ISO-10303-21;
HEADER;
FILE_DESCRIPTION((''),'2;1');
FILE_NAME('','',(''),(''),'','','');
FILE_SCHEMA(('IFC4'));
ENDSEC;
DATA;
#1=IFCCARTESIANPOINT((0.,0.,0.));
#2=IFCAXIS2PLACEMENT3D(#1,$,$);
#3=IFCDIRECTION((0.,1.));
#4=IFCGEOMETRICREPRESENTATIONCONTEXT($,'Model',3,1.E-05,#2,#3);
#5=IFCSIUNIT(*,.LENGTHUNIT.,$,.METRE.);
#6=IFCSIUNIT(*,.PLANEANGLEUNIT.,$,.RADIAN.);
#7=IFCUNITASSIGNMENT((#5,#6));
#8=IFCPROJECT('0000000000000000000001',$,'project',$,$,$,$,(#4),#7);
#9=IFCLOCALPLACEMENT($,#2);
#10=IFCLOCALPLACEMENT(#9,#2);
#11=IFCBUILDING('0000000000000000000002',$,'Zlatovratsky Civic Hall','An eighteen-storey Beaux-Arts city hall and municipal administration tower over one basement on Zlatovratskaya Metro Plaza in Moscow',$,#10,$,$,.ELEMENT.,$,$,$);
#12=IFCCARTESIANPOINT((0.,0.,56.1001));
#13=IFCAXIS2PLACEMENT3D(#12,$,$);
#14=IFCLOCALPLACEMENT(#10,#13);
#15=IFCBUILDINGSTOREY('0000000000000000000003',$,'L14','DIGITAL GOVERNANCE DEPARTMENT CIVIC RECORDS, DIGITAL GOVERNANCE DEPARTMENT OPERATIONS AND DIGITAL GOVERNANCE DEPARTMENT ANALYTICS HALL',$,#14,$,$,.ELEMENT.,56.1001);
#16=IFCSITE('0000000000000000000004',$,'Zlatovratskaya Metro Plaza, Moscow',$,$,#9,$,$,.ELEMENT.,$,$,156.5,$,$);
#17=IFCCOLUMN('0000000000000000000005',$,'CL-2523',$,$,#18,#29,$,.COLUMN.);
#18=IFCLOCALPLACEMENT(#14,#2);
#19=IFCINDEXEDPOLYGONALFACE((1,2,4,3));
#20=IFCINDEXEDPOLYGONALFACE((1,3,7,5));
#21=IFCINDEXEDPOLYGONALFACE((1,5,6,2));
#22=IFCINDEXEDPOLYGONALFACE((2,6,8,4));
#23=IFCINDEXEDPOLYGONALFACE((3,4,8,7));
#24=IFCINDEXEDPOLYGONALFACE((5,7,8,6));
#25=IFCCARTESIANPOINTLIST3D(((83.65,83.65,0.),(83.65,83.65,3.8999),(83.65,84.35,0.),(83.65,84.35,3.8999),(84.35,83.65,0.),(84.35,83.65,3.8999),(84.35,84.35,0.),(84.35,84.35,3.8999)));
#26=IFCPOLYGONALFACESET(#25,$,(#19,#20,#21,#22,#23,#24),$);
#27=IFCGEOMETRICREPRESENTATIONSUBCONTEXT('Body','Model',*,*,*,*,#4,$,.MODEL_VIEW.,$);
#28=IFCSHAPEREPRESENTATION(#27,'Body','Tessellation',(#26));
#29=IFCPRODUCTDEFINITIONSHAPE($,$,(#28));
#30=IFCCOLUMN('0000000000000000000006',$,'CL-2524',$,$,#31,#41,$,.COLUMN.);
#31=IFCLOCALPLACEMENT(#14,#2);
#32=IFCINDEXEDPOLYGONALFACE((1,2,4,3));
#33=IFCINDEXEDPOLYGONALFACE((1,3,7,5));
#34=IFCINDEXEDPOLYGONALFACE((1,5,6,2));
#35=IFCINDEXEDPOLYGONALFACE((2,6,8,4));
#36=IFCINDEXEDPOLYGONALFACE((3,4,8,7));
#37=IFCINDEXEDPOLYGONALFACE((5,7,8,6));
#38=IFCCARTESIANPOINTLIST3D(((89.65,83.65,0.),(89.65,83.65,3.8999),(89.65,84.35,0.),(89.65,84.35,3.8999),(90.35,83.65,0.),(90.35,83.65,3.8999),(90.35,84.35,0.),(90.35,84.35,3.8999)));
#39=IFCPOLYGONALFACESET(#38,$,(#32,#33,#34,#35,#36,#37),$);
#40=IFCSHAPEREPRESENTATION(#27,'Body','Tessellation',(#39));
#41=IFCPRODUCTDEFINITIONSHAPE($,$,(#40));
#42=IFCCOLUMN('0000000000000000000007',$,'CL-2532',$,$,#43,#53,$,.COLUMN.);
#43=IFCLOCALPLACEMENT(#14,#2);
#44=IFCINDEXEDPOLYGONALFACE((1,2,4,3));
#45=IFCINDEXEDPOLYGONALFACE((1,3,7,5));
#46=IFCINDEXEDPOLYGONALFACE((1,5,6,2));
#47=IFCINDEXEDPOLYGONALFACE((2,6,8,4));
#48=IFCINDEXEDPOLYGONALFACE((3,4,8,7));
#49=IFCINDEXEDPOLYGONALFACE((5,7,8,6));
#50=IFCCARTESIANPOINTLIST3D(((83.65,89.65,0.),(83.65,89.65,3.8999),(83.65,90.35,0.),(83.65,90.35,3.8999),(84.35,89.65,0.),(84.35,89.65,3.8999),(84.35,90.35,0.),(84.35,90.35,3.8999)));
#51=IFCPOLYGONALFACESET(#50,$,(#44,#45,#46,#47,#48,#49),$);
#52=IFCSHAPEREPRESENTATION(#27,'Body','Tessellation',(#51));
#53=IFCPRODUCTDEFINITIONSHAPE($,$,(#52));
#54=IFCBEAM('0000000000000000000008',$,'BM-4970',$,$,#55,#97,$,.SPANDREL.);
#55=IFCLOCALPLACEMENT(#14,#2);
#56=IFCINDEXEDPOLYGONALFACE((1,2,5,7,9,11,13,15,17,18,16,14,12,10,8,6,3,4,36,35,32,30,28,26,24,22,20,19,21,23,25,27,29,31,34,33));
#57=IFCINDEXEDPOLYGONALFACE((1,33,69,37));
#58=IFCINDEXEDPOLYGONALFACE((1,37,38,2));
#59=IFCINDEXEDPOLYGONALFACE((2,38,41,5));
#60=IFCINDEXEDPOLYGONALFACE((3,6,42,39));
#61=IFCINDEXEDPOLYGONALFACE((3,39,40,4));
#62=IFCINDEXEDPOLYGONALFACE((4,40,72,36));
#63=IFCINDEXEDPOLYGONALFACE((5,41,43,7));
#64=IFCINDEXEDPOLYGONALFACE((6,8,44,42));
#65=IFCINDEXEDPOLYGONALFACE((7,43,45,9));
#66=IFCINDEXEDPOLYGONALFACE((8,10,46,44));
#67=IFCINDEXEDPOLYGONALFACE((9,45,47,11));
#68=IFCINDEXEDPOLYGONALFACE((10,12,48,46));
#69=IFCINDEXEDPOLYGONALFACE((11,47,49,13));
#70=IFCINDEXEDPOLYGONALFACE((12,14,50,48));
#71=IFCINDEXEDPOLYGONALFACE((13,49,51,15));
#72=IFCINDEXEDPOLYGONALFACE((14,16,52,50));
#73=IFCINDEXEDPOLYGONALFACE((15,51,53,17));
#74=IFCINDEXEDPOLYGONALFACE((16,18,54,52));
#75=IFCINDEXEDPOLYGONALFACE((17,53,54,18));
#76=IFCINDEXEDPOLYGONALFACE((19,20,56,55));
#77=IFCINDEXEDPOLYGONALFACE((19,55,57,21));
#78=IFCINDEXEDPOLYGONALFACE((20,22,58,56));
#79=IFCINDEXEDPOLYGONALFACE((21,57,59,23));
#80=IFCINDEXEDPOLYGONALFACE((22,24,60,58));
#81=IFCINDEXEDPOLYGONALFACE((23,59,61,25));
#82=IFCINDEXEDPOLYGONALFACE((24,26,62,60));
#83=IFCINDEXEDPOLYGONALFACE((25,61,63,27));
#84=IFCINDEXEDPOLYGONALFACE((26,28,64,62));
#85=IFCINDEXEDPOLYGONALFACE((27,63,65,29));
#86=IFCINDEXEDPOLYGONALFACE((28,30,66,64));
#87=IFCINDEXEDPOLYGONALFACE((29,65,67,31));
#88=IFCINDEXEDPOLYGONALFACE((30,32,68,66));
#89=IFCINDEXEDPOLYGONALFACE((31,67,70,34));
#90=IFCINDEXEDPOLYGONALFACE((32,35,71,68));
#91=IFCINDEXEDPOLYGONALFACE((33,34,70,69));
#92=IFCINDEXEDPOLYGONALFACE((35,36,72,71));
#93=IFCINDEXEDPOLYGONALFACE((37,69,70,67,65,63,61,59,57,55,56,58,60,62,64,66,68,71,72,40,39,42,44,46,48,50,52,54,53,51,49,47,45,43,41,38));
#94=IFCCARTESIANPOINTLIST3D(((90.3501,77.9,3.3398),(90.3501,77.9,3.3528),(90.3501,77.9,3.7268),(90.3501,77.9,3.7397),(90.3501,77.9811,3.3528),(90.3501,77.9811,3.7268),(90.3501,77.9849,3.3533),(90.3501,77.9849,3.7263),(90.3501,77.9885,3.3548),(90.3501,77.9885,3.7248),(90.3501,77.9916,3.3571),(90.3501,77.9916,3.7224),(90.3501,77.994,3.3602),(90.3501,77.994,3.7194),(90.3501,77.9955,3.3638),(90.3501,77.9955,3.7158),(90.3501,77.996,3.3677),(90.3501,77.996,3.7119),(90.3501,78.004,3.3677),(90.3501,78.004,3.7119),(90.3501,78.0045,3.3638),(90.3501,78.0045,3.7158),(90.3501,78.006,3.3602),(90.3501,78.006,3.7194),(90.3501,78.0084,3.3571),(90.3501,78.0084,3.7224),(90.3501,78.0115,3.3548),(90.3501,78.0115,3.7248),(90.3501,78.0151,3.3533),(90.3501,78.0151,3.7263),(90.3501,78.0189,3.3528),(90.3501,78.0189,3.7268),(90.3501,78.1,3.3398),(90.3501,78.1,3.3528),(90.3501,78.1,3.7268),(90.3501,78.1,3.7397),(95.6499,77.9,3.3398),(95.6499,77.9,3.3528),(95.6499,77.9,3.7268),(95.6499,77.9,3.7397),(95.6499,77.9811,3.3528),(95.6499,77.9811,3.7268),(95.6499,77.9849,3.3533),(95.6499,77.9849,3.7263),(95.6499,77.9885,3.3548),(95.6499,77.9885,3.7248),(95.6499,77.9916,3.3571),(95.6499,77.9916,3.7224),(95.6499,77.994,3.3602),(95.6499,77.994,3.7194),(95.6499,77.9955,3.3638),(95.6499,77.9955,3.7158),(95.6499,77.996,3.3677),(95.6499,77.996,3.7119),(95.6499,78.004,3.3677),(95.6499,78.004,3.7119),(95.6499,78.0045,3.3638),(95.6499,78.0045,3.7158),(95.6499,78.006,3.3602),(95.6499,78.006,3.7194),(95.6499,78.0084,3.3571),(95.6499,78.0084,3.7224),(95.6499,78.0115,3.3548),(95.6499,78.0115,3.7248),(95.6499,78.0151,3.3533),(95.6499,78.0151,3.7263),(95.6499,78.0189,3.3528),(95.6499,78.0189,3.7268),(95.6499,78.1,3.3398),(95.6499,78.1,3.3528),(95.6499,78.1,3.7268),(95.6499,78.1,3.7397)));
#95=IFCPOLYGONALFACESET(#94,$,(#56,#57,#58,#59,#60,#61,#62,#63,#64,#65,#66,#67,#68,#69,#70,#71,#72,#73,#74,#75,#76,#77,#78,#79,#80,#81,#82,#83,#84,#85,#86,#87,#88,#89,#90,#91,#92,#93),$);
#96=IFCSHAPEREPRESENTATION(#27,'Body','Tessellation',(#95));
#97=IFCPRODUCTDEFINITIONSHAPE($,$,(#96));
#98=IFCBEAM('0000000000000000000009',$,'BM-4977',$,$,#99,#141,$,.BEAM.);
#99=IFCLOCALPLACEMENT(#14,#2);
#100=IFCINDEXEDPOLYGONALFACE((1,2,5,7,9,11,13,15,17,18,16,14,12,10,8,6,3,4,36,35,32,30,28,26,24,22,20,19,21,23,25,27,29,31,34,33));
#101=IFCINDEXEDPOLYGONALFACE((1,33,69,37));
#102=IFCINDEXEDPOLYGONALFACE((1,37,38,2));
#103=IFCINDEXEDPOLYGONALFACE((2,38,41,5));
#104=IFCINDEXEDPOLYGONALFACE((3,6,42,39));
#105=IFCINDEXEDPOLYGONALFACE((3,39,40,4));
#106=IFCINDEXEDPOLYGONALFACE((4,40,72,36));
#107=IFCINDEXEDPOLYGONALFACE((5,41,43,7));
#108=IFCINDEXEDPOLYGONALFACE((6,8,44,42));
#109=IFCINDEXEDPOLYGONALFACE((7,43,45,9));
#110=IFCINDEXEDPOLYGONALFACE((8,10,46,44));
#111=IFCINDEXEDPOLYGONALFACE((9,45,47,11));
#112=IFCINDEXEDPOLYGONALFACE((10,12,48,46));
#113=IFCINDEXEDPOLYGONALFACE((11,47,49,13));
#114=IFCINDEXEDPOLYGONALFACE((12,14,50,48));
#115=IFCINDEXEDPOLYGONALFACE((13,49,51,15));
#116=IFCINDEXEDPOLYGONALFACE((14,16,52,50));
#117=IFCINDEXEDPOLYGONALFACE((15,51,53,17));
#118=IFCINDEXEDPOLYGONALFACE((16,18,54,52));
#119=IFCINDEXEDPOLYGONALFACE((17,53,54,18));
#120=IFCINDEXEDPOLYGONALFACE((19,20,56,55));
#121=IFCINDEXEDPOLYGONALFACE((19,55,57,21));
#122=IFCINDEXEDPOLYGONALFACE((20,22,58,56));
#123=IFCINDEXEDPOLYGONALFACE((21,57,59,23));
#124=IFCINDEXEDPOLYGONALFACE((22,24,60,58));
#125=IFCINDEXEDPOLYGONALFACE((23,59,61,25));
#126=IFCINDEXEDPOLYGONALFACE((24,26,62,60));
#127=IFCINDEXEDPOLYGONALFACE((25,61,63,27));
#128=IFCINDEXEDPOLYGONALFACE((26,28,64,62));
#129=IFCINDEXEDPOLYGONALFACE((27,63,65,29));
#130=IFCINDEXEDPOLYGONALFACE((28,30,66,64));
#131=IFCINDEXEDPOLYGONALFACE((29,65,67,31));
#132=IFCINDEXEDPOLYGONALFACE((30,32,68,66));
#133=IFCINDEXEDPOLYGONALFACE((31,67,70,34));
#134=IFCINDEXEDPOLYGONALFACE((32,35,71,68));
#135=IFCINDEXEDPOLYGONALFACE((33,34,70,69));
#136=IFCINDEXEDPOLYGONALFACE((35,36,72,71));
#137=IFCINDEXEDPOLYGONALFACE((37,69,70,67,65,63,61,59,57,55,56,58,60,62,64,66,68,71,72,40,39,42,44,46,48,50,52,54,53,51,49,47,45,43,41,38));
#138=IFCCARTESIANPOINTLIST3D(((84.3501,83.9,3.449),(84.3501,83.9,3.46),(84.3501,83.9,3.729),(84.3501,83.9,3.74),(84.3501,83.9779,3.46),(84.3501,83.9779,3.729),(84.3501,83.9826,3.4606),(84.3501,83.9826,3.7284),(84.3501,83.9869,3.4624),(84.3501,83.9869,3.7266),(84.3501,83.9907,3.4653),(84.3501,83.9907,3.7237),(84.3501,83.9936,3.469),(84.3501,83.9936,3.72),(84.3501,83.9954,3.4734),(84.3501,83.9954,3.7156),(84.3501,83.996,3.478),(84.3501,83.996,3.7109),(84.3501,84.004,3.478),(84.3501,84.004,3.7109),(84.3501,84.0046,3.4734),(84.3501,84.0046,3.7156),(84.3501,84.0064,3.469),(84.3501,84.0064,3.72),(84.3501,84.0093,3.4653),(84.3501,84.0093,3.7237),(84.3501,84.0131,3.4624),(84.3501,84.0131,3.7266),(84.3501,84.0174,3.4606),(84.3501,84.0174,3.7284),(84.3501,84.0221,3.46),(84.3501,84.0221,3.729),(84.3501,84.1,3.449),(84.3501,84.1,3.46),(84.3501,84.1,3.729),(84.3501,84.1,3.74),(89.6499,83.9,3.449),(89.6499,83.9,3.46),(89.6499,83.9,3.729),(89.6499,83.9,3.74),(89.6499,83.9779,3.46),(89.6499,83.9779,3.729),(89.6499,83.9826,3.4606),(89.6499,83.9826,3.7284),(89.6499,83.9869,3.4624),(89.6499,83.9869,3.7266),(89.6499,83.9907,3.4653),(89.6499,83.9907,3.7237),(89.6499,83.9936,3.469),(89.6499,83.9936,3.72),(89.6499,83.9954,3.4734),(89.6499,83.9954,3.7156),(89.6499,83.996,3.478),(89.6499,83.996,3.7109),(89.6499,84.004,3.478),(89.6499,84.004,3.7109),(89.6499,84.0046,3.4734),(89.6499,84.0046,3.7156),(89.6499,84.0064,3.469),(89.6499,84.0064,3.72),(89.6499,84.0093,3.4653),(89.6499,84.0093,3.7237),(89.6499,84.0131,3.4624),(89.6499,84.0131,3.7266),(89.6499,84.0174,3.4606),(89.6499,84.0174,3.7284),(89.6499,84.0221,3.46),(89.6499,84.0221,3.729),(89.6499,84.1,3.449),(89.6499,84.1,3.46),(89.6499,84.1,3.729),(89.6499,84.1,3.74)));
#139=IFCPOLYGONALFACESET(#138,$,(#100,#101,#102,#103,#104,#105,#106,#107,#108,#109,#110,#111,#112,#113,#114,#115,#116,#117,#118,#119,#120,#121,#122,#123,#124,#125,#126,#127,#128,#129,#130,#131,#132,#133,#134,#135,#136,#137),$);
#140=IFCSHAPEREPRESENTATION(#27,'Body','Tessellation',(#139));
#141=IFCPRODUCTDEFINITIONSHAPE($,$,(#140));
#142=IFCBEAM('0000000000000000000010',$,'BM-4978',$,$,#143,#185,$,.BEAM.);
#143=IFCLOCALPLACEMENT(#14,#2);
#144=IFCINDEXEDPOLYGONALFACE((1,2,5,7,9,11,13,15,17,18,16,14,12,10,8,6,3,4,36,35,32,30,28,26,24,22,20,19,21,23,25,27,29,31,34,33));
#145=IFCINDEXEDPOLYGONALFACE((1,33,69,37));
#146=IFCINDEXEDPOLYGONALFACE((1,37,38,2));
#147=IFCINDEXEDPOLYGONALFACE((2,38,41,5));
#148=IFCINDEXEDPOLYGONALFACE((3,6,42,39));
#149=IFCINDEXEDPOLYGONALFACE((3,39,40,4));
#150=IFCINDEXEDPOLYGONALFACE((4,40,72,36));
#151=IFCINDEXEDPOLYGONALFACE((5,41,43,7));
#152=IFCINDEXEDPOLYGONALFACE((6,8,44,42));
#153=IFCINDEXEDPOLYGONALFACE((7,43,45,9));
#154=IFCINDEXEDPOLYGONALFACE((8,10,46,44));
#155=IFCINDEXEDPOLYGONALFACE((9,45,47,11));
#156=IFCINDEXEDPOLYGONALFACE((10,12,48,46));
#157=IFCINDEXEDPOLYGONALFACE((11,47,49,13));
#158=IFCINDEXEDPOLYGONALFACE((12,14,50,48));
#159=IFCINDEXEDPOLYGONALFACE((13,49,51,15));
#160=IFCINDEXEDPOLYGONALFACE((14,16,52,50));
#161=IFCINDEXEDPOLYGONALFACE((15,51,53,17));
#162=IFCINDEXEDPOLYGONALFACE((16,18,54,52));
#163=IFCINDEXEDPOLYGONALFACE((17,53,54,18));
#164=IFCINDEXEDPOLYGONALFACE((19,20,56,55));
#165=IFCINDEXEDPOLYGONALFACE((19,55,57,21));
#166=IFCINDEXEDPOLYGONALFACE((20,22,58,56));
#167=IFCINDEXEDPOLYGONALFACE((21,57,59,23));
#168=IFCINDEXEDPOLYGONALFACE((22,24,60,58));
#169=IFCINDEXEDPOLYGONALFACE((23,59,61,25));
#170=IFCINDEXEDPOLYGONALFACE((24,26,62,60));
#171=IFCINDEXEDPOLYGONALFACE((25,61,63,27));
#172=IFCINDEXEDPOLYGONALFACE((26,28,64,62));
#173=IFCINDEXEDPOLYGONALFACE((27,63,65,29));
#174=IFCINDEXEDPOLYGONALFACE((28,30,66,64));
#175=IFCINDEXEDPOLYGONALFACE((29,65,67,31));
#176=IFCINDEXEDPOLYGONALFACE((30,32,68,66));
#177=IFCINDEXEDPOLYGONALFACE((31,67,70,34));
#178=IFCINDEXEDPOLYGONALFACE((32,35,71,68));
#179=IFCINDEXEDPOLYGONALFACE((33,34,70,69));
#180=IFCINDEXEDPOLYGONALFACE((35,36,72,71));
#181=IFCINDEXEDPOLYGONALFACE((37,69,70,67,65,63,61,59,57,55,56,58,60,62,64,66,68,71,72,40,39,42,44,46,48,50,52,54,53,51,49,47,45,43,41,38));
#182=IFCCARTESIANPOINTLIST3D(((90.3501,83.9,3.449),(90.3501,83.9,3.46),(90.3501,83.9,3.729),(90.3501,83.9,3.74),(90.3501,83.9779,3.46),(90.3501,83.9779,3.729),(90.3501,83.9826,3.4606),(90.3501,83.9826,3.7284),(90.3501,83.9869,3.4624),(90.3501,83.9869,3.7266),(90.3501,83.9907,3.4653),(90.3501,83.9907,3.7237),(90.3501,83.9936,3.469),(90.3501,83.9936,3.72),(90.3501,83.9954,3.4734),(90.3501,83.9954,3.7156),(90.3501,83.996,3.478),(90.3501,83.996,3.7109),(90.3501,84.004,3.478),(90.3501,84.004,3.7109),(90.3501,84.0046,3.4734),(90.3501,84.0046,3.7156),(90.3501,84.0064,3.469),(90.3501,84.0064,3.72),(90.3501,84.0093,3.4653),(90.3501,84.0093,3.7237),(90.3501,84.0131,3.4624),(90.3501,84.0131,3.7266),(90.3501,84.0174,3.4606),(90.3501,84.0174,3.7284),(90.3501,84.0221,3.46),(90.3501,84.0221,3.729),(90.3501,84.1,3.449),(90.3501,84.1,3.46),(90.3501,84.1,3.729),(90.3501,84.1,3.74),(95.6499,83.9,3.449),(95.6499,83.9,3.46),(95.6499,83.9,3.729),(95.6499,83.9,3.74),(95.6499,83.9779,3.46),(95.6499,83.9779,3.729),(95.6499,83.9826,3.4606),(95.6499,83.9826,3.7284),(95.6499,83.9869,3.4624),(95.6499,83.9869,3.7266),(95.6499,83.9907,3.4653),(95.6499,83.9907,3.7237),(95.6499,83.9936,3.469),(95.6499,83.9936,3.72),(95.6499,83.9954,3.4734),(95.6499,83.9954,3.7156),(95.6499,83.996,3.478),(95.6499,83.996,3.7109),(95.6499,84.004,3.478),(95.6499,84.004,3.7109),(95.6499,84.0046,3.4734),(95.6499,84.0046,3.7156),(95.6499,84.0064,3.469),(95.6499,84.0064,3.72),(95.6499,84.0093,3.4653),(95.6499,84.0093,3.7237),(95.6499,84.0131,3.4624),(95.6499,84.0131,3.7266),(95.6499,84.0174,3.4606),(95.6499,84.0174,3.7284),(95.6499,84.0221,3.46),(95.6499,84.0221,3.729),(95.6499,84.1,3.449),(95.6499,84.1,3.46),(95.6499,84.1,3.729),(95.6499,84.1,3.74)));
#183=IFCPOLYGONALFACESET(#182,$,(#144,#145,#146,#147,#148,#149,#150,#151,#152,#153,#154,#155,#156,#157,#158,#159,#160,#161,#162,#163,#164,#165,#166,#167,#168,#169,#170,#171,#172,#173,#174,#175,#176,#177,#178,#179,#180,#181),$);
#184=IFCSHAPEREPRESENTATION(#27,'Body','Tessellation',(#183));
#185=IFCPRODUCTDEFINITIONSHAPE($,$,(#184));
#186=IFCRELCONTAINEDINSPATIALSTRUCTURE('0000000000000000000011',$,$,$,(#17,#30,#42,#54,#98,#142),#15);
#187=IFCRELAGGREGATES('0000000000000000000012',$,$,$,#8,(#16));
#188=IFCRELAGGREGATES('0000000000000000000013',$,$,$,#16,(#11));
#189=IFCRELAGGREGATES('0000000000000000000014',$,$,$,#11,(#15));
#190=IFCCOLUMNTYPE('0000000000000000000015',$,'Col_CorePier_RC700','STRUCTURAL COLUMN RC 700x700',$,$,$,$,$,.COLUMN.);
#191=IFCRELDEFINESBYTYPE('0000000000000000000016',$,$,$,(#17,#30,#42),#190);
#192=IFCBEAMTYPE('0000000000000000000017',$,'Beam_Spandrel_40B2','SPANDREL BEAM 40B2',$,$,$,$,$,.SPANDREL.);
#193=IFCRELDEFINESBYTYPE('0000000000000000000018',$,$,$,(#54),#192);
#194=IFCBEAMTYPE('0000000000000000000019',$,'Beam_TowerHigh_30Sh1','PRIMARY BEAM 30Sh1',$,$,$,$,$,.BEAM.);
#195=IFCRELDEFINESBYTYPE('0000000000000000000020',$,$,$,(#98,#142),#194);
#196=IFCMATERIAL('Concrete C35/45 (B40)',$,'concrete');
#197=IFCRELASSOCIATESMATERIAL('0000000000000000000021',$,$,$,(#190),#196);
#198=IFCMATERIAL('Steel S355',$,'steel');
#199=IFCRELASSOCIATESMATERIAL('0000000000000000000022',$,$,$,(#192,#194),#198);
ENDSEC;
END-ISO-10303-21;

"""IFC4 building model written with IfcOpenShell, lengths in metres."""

from ifc_helpers import new_model, si_unit, direction, frame, origin, origin_2d, place, context, subcontext, project, spatial, rectangle, i_section, extrude, material, material_profile, profile_set, type_object, element, save


model = new_model("IFC4")

# Units and contexts
model_context = context("Model", 3, precision=1e-05, world=origin(), true_north=direction((0.0, 1.0)))
body_context = subcontext(model_context, "Body", "Model", "MODEL_VIEW")
ifc_project = project(units=[si_unit("LENGTHUNIT", "METRE"), si_unit("PLANEANGLEUNIT", "RADIAN")], contexts=[model_context])

# Site, building, storey
site_placement = place(None, origin())
site = spatial("IfcSite", under=ifc_project, at=site_placement, Name="Zlatovratskaya Metro Plaza, Moscow", CompositionType="ELEMENT", RefElevation=156.5)
building_placement = place(site_placement, origin())
building = spatial("IfcBuilding", under=site, at=building_placement, Name="Zlatovratsky Civic Hall", Description="An eighteen-storey Beaux-Arts city hall and municipal administration tower over one basement on Zlatovratskaya Metro Plaza in Moscow", CompositionType="ELEMENT")
storey_placement = place(building_placement, frame((0.0, 0.0, 56.1001)))
storey = spatial("IfcBuildingStorey", under=building, at=storey_placement, Name="L14", Description="DIGITAL GOVERNANCE DEPARTMENT CIVIC RECORDS, DIGITAL GOVERNANCE DEPARTMENT OPERATIONS AND DIGITAL GOVERNANCE DEPARTMENT ANALYTICS HALL", CompositionType="ELEMENT", Elevation=56.1001)

# Columns
ifc_material_1 = material(Name="Concrete C35/45 (B40)", Category="concrete")
ifc_material_profile_1 = material_profile(ifc_material_1, rectangle(XDim=0.7, YDim=0.7, at=origin_2d()), Name="RC 700x700")
ifc_profile_set_1 = profile_set([ifc_material_profile_1], Name="Concrete C35/45 (B40)")
column_type = type_object("IfcColumnType", Name="Col_CorePier_RC700", Description="STRUCTURAL COLUMN RC 700x700", PredefinedType="COLUMN", material=ifc_profile_set_1)
for number, where, z_axis, x_axis, name in (
    (1, (84.0, 84.0, 0.0), (0.0, 0.0, 1.0), (1.0, 0.0, 0.0), "CL-2523"),
    (2, (90.0, 84.0, 0.0), (0.0, 0.0, 1.0), (1.0, 0.0, 0.0), "CL-2524"),
    (3, (84.0, 90.0, 0.0), (0.0, 0.0, 1.0), (1.0, 0.0, 0.0), "CL-2532"),
):
    element("IfcColumn", number, at=place(storey_placement, frame(where, z_axis=z_axis, x_axis=x_axis)), inside=storey, type_object=column_type, Name=name, PredefinedType="COLUMN", context=body_context, shape_type="SweptSolid", body=[
        extrude(rectangle(XDim=0.7, YDim=0.7, at=origin_2d()), origin(), (0.0, 0.0, 1.0), 3.8999),
    ])

# Beams
ifc_material_2 = material(Name="Steel S355", Category="steel")
ifc_material_profile_2 = material_profile(ifc_material_2, i_section(OverallWidth=0.2, OverallDepth=0.3999, WebThickness=0.0081, FlangeThickness=0.0129, FilletRadius=0.0149, at=origin_2d()), Name="40B2")
ifc_profile_set_2 = profile_set([ifc_material_profile_2], Name="Steel S355")
beam_type_1 = type_object("IfcBeamType", Name="Beam_Spandrel_40B2", Description="SPANDREL BEAM 40B2", PredefinedType="SPANDREL", material=ifc_profile_set_2)
beam_placement = place(storey_placement, frame((90.3501, 78.0, 3.5398), z_axis=(1.0, 0.0, 0.0), x_axis=(0.0, 1.0, 0.0)))
element("IfcBeam", 4, at=beam_placement, inside=storey, type_object=beam_type_1, Name="BM-4970", PredefinedType="SPANDREL", context=body_context, shape_type="SweptSolid", body=[
    extrude(i_section(OverallWidth=0.2, OverallDepth=0.3999, WebThickness=0.0081, FlangeThickness=0.0129, FilletRadius=0.0149, at=origin_2d()), origin(), (0.0, 0.0, 1.0), 5.2998),
])
ifc_material_profile_3 = material_profile(ifc_material_2, i_section(OverallWidth=0.2, OverallDepth=0.291, WebThickness=0.0081, FlangeThickness=0.011, FilletRadius=0.0181, at=origin_2d()), Name="30Sh1")
ifc_profile_set_3 = profile_set([ifc_material_profile_3], Name="Steel S355")
beam_type_2 = type_object("IfcBeamType", Name="Beam_TowerHigh_30Sh1", Description="PRIMARY BEAM 30Sh1", PredefinedType="BEAM", material=ifc_profile_set_3)
for number, where, z_axis, x_axis, name in (
    (5, (84.3501, 84.0, 3.5945), (1.0, 0.0, 0.0), (0.0, 1.0, 0.0), "BM-4977"),
    (6, (90.3501, 84.0, 3.5945), (1.0, 0.0, 0.0), (0.0, 1.0, 0.0), "BM-4978"),
):
    element("IfcBeam", number, at=place(storey_placement, frame(where, z_axis=z_axis, x_axis=x_axis)), inside=storey, type_object=beam_type_2, Name=name, PredefinedType="BEAM", context=body_context, shape_type="SweptSolid", body=[
        extrude(i_section(OverallWidth=0.2, OverallDepth=0.291, WebThickness=0.0081, FlangeThickness=0.011, FilletRadius=0.0181, at=origin_2d()), origin(), (0.0, 0.0, 1.0), 5.2998),
    ])

save(model, "model.ifc")
